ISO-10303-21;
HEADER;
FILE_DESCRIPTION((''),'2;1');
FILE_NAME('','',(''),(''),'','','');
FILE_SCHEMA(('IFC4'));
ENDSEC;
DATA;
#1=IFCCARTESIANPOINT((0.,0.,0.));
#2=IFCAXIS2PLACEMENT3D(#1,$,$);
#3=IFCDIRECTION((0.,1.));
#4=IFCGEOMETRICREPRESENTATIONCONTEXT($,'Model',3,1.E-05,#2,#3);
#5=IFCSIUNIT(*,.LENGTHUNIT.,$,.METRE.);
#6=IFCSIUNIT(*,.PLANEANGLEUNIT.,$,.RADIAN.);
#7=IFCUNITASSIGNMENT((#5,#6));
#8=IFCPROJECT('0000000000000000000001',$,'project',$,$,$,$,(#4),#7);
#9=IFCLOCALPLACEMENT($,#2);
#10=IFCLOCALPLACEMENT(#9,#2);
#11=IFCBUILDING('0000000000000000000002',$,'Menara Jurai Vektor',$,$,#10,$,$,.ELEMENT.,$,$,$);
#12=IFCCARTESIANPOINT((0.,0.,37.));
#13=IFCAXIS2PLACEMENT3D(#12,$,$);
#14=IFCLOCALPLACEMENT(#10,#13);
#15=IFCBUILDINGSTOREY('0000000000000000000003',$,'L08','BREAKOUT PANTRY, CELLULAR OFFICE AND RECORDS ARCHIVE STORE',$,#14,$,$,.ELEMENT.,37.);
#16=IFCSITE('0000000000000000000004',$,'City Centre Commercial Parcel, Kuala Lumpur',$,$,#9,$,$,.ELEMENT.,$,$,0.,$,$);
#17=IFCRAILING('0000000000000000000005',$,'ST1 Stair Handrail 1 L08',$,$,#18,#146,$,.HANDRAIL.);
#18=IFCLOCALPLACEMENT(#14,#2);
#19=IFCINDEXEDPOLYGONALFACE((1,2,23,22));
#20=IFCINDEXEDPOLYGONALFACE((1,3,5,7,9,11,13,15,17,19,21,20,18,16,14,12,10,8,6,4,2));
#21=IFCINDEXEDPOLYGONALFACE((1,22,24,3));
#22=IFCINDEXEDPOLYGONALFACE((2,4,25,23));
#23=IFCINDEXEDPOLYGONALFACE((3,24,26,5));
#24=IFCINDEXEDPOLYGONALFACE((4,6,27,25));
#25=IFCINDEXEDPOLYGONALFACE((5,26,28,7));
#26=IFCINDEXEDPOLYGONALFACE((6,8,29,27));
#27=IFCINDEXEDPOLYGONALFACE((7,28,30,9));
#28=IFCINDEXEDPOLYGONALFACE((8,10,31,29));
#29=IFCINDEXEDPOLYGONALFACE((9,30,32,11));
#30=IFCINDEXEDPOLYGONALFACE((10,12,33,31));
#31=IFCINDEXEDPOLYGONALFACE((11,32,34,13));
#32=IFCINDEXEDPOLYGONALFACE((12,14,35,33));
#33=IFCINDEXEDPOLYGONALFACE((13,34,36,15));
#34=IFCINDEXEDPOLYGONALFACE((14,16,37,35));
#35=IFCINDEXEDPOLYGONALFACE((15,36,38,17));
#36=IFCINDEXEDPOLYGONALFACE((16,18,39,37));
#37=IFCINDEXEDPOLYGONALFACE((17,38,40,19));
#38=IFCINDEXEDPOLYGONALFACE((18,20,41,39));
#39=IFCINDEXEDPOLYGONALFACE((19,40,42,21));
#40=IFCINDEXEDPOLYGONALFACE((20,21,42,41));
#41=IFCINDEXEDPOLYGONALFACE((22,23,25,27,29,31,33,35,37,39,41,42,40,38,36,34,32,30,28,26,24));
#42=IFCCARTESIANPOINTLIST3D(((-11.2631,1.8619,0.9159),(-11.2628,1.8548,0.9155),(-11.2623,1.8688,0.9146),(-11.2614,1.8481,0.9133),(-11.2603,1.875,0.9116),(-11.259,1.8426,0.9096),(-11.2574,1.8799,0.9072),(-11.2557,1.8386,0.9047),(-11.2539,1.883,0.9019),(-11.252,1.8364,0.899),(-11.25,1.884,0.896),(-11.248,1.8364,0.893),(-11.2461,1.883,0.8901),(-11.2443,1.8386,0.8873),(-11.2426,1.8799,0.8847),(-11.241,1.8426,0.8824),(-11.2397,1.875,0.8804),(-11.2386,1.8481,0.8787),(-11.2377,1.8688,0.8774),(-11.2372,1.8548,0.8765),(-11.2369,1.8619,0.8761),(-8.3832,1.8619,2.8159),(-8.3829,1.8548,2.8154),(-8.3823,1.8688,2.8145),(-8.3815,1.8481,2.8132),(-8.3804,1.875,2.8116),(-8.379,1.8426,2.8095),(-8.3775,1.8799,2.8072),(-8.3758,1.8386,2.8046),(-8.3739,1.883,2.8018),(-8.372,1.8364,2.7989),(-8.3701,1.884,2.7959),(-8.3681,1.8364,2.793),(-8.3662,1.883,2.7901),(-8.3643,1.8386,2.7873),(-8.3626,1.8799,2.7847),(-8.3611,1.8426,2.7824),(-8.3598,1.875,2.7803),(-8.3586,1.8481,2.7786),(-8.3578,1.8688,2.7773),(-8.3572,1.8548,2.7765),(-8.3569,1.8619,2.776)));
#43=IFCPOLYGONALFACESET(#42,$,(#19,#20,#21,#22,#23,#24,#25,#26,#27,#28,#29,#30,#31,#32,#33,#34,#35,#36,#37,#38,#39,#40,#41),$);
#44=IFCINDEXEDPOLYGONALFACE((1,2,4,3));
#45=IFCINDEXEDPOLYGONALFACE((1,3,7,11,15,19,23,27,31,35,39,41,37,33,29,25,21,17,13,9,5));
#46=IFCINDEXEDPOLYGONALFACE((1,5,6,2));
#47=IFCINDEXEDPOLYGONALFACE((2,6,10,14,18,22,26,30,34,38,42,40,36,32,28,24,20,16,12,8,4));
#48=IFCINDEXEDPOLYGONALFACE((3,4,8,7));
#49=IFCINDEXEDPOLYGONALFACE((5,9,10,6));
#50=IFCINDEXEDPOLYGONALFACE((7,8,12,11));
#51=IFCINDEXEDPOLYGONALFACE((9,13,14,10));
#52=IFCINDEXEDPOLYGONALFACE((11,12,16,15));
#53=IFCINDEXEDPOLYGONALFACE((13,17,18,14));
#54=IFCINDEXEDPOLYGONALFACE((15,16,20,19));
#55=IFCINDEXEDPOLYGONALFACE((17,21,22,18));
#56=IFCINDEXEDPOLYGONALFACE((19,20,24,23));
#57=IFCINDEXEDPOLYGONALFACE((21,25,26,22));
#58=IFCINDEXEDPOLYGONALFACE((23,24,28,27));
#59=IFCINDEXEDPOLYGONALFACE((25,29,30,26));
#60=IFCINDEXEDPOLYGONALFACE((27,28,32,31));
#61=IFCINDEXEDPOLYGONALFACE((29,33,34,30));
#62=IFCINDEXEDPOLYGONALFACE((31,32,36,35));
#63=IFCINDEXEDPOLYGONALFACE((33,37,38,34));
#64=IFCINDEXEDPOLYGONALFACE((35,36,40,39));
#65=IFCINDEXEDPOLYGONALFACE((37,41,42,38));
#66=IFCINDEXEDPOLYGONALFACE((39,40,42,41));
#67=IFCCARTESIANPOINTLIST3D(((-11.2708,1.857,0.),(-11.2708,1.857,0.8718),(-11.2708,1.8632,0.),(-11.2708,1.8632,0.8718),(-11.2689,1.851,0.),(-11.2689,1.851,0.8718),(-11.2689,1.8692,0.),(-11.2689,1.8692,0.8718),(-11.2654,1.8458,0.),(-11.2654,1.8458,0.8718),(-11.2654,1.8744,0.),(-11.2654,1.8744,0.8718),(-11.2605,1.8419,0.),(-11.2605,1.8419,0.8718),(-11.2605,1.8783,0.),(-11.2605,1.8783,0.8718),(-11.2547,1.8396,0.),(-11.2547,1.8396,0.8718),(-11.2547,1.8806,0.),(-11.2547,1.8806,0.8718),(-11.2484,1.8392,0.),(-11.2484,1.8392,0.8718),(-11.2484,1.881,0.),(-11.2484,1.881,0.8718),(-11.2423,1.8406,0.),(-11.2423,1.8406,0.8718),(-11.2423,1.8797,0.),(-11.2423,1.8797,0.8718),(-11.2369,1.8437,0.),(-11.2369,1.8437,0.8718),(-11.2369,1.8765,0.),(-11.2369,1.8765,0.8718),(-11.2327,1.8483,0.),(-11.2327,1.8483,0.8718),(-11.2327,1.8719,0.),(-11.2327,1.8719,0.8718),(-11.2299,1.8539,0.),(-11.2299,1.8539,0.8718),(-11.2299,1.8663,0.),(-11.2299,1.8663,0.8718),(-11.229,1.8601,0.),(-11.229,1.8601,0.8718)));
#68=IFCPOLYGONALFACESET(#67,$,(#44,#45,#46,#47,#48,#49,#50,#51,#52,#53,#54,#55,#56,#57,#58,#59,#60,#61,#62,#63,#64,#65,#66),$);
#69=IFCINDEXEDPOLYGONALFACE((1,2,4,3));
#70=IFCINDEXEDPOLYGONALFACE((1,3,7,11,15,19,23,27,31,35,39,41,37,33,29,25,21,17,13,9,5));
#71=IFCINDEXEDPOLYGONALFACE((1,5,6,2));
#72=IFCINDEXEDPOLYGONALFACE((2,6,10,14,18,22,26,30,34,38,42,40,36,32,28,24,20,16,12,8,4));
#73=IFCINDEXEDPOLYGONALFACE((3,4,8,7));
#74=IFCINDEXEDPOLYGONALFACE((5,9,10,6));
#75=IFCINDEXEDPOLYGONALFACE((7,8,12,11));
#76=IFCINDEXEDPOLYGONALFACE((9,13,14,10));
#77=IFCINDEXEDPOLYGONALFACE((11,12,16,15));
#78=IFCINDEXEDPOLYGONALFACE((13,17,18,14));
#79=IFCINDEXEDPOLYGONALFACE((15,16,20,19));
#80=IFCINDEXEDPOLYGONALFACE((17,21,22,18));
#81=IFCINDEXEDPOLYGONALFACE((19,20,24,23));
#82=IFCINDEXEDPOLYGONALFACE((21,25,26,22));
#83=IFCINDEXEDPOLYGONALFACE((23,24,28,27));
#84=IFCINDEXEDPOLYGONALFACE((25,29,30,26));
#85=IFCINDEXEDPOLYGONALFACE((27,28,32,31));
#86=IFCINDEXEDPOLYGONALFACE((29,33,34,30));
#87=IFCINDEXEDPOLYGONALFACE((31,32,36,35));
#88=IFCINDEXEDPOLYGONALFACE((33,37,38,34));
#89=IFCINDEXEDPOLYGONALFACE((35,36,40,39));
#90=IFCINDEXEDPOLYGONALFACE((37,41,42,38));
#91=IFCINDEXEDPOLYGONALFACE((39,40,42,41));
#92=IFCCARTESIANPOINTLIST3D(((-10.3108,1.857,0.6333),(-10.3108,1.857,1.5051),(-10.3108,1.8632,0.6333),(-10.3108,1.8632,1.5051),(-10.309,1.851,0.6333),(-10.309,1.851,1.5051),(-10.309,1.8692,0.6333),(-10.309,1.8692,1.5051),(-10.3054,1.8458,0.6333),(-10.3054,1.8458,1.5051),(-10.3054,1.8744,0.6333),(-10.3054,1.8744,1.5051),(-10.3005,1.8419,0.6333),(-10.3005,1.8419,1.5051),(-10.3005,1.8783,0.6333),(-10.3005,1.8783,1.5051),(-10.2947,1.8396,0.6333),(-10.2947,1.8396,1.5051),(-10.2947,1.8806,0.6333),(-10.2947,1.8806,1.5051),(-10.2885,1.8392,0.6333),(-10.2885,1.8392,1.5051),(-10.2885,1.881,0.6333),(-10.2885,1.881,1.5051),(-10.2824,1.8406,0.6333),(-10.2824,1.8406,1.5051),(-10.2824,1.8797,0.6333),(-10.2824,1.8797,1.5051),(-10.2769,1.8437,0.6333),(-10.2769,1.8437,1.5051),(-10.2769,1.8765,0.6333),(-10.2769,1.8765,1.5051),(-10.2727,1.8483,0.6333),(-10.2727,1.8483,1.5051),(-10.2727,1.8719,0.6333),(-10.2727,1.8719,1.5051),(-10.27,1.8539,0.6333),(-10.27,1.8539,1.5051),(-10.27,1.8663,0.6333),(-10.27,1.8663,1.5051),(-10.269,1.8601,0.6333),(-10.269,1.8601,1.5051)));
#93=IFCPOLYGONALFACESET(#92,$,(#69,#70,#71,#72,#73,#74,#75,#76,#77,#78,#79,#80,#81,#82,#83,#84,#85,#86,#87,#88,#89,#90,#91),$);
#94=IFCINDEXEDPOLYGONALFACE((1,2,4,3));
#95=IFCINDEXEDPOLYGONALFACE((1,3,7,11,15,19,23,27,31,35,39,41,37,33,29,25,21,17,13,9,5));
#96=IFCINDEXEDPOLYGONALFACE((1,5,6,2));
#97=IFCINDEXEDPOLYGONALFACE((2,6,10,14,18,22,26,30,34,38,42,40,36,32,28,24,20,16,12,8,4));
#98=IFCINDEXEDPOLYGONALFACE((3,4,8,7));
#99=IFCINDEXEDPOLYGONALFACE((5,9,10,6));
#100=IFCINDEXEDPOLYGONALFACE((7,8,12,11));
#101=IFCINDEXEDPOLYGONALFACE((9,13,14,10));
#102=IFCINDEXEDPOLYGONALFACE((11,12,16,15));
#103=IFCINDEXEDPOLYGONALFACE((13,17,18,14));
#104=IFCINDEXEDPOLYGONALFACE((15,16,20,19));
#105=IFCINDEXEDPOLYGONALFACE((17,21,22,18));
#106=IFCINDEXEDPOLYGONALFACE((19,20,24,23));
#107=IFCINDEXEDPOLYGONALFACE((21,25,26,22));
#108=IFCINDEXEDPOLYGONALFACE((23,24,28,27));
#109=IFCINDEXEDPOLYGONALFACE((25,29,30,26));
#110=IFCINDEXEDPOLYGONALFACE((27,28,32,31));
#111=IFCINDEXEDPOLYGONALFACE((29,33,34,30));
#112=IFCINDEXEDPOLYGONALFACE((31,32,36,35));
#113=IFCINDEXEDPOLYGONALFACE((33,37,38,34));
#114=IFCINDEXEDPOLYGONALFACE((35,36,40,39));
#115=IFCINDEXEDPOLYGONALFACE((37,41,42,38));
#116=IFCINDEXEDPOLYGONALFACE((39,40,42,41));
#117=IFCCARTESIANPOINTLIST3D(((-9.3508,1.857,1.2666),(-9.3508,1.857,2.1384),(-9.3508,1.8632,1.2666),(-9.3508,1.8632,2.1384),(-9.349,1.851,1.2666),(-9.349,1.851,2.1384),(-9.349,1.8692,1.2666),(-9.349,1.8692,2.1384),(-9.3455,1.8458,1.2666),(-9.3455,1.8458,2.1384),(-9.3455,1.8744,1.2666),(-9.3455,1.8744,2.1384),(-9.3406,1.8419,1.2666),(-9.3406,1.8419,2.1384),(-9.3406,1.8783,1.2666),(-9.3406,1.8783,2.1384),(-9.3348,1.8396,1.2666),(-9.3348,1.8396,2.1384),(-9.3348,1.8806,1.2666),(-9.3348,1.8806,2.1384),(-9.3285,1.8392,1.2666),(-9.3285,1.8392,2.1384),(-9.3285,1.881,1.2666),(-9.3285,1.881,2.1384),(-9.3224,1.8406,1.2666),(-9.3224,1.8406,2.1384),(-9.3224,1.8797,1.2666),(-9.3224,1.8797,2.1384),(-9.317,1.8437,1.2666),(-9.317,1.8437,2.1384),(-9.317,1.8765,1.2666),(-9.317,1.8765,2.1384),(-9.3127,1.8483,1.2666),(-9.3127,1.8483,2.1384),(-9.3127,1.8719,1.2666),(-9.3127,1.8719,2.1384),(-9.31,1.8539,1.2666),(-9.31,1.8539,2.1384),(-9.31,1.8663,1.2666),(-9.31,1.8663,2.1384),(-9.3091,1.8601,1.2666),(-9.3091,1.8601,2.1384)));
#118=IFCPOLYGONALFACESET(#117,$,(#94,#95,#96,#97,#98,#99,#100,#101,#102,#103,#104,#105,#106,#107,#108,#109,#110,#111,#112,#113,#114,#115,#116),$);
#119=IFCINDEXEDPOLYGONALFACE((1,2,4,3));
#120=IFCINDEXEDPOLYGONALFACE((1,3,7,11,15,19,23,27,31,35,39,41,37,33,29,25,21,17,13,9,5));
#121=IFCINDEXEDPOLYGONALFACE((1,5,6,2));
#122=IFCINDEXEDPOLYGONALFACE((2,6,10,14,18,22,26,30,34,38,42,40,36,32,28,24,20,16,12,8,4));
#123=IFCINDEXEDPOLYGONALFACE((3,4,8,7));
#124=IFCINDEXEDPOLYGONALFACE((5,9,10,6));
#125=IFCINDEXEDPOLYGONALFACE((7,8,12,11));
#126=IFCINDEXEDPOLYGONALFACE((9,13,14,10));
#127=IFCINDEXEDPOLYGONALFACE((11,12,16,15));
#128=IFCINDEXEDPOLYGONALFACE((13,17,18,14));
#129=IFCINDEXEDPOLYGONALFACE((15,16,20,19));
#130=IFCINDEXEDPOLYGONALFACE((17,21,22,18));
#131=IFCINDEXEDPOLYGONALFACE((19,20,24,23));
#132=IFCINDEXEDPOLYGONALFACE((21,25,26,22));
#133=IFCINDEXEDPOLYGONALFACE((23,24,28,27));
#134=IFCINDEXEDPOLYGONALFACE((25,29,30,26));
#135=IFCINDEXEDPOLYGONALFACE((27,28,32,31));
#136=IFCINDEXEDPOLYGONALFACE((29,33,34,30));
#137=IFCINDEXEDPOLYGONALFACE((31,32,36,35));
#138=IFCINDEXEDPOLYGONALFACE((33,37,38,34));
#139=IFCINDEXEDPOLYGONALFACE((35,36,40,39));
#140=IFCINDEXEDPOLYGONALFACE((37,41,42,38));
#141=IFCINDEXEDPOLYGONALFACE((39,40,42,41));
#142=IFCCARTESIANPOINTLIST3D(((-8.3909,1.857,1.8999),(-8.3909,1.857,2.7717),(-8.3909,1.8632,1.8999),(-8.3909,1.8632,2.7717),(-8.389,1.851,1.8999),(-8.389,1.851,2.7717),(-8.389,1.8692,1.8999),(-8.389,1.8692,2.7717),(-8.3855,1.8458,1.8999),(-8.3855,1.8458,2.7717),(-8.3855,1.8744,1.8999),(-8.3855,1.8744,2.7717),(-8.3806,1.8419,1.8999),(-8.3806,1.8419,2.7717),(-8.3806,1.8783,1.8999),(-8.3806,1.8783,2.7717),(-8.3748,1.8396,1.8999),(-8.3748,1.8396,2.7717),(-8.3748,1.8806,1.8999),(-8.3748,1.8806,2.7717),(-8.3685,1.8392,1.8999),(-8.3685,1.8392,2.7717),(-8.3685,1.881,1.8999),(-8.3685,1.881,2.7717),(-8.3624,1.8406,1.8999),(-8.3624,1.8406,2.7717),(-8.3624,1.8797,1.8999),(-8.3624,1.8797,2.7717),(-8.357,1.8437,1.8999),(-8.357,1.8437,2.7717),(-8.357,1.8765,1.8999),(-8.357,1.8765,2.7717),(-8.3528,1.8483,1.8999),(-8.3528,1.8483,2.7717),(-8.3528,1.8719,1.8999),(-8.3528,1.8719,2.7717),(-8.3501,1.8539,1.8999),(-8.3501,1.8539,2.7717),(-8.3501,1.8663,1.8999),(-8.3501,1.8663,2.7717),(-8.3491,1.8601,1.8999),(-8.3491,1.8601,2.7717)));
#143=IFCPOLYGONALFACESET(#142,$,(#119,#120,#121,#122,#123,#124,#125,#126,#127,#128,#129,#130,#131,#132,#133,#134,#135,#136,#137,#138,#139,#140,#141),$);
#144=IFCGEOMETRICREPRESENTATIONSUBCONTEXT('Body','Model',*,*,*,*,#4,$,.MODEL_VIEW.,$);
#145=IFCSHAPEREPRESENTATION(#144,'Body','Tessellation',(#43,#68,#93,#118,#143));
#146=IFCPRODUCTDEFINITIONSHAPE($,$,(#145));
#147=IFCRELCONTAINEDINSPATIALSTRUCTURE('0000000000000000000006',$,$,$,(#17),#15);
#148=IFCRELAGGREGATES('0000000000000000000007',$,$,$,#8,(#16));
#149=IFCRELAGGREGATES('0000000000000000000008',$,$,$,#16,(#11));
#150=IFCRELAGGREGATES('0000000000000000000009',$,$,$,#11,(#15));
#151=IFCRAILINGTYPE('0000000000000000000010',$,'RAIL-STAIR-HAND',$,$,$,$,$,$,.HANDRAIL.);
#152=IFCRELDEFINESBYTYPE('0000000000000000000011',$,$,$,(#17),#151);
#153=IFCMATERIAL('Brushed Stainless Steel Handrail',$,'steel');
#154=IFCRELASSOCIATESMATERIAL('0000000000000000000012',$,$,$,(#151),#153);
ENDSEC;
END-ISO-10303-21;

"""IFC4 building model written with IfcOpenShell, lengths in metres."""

from ifc_helpers import new_model, si_unit, direction, frame, origin, origin_2d, place, context, subcontext, project, spatial, circle, extrude, material, type_object, element, save


model = new_model("IFC4")

# Units and contexts
model_context = context("Model", 3, precision=1e-05, world=origin(), true_north=direction((0.0, 1.0)))
body_context = subcontext(model_context, "Body", "Model", "MODEL_VIEW")
ifc_project = project(units=[si_unit("LENGTHUNIT", "METRE"), si_unit("PLANEANGLEUNIT", "RADIAN")], contexts=[model_context])

# Site, building, storey
site_placement = place(None, origin())
site = spatial("IfcSite", under=ifc_project, at=site_placement, Name="City Centre Commercial Parcel, Kuala Lumpur", CompositionType="ELEMENT", RefElevation=0.0)
building_placement = place(site_placement, origin())
building = spatial("IfcBuilding", under=site, at=building_placement, Name="Menara Jurai Vektor", CompositionType="ELEMENT")
storey_placement = place(building_placement, frame((0.0, 0.0, 37.0)))
storey = spatial("IfcBuildingStorey", under=building, at=storey_placement, Name="L08", Description="BREAKOUT PANTRY, CELLULAR OFFICE AND RECORDS ARCHIVE STORE", CompositionType="ELEMENT", Elevation=37.0)

# Railing
ifc_material_1 = material(Name="Brushed Stainless Steel Handrail", Category="steel")
railing_type_1 = type_object("IfcRailingType", Name="RAIL-STAIR-HAND", PredefinedType="HANDRAIL", material=ifc_material_1)
railing_1_placement = place(storey_placement, frame((-11.25, 1.8601, 0.0)))
element("IfcRailing", 1, at=railing_1_placement, inside=storey, type_object=railing_type_1, Name="ST1 Stair Handrail 1 L08", PredefinedType="HANDRAIL", context=body_context, shape_type="SweptSolid", body=[
    extrude(circle(Radius=0.0239, at=origin_2d()), frame((0.0, 0.0, 0.896), z_axis=(0.834719, 0.0, 0.550677), x_axis=(0.0, 1.0, 0.0)), (0.0, 0.0, 1.0), 3.4502),
    extrude(circle(Radius=0.021, at=origin_2d()), origin(), (0.0, 0.0, 1.0), 0.8718),
    extrude(circle(Radius=0.021, at=origin_2d()), frame((0.96, 0.0, 0.6333)), (0.0, 0.0, 1.0), 0.8718),
    extrude(circle(Radius=0.021, at=origin_2d()), frame((1.9199, 0.0, 1.2666)), (0.0, 0.0, 1.0), 0.8718),
    extrude(circle(Radius=0.021, at=origin_2d()), frame((2.8799, 0.0, 1.8999)), (0.0, 0.0, 1.0), 0.8718),
])

save(model, "model.ifc")
